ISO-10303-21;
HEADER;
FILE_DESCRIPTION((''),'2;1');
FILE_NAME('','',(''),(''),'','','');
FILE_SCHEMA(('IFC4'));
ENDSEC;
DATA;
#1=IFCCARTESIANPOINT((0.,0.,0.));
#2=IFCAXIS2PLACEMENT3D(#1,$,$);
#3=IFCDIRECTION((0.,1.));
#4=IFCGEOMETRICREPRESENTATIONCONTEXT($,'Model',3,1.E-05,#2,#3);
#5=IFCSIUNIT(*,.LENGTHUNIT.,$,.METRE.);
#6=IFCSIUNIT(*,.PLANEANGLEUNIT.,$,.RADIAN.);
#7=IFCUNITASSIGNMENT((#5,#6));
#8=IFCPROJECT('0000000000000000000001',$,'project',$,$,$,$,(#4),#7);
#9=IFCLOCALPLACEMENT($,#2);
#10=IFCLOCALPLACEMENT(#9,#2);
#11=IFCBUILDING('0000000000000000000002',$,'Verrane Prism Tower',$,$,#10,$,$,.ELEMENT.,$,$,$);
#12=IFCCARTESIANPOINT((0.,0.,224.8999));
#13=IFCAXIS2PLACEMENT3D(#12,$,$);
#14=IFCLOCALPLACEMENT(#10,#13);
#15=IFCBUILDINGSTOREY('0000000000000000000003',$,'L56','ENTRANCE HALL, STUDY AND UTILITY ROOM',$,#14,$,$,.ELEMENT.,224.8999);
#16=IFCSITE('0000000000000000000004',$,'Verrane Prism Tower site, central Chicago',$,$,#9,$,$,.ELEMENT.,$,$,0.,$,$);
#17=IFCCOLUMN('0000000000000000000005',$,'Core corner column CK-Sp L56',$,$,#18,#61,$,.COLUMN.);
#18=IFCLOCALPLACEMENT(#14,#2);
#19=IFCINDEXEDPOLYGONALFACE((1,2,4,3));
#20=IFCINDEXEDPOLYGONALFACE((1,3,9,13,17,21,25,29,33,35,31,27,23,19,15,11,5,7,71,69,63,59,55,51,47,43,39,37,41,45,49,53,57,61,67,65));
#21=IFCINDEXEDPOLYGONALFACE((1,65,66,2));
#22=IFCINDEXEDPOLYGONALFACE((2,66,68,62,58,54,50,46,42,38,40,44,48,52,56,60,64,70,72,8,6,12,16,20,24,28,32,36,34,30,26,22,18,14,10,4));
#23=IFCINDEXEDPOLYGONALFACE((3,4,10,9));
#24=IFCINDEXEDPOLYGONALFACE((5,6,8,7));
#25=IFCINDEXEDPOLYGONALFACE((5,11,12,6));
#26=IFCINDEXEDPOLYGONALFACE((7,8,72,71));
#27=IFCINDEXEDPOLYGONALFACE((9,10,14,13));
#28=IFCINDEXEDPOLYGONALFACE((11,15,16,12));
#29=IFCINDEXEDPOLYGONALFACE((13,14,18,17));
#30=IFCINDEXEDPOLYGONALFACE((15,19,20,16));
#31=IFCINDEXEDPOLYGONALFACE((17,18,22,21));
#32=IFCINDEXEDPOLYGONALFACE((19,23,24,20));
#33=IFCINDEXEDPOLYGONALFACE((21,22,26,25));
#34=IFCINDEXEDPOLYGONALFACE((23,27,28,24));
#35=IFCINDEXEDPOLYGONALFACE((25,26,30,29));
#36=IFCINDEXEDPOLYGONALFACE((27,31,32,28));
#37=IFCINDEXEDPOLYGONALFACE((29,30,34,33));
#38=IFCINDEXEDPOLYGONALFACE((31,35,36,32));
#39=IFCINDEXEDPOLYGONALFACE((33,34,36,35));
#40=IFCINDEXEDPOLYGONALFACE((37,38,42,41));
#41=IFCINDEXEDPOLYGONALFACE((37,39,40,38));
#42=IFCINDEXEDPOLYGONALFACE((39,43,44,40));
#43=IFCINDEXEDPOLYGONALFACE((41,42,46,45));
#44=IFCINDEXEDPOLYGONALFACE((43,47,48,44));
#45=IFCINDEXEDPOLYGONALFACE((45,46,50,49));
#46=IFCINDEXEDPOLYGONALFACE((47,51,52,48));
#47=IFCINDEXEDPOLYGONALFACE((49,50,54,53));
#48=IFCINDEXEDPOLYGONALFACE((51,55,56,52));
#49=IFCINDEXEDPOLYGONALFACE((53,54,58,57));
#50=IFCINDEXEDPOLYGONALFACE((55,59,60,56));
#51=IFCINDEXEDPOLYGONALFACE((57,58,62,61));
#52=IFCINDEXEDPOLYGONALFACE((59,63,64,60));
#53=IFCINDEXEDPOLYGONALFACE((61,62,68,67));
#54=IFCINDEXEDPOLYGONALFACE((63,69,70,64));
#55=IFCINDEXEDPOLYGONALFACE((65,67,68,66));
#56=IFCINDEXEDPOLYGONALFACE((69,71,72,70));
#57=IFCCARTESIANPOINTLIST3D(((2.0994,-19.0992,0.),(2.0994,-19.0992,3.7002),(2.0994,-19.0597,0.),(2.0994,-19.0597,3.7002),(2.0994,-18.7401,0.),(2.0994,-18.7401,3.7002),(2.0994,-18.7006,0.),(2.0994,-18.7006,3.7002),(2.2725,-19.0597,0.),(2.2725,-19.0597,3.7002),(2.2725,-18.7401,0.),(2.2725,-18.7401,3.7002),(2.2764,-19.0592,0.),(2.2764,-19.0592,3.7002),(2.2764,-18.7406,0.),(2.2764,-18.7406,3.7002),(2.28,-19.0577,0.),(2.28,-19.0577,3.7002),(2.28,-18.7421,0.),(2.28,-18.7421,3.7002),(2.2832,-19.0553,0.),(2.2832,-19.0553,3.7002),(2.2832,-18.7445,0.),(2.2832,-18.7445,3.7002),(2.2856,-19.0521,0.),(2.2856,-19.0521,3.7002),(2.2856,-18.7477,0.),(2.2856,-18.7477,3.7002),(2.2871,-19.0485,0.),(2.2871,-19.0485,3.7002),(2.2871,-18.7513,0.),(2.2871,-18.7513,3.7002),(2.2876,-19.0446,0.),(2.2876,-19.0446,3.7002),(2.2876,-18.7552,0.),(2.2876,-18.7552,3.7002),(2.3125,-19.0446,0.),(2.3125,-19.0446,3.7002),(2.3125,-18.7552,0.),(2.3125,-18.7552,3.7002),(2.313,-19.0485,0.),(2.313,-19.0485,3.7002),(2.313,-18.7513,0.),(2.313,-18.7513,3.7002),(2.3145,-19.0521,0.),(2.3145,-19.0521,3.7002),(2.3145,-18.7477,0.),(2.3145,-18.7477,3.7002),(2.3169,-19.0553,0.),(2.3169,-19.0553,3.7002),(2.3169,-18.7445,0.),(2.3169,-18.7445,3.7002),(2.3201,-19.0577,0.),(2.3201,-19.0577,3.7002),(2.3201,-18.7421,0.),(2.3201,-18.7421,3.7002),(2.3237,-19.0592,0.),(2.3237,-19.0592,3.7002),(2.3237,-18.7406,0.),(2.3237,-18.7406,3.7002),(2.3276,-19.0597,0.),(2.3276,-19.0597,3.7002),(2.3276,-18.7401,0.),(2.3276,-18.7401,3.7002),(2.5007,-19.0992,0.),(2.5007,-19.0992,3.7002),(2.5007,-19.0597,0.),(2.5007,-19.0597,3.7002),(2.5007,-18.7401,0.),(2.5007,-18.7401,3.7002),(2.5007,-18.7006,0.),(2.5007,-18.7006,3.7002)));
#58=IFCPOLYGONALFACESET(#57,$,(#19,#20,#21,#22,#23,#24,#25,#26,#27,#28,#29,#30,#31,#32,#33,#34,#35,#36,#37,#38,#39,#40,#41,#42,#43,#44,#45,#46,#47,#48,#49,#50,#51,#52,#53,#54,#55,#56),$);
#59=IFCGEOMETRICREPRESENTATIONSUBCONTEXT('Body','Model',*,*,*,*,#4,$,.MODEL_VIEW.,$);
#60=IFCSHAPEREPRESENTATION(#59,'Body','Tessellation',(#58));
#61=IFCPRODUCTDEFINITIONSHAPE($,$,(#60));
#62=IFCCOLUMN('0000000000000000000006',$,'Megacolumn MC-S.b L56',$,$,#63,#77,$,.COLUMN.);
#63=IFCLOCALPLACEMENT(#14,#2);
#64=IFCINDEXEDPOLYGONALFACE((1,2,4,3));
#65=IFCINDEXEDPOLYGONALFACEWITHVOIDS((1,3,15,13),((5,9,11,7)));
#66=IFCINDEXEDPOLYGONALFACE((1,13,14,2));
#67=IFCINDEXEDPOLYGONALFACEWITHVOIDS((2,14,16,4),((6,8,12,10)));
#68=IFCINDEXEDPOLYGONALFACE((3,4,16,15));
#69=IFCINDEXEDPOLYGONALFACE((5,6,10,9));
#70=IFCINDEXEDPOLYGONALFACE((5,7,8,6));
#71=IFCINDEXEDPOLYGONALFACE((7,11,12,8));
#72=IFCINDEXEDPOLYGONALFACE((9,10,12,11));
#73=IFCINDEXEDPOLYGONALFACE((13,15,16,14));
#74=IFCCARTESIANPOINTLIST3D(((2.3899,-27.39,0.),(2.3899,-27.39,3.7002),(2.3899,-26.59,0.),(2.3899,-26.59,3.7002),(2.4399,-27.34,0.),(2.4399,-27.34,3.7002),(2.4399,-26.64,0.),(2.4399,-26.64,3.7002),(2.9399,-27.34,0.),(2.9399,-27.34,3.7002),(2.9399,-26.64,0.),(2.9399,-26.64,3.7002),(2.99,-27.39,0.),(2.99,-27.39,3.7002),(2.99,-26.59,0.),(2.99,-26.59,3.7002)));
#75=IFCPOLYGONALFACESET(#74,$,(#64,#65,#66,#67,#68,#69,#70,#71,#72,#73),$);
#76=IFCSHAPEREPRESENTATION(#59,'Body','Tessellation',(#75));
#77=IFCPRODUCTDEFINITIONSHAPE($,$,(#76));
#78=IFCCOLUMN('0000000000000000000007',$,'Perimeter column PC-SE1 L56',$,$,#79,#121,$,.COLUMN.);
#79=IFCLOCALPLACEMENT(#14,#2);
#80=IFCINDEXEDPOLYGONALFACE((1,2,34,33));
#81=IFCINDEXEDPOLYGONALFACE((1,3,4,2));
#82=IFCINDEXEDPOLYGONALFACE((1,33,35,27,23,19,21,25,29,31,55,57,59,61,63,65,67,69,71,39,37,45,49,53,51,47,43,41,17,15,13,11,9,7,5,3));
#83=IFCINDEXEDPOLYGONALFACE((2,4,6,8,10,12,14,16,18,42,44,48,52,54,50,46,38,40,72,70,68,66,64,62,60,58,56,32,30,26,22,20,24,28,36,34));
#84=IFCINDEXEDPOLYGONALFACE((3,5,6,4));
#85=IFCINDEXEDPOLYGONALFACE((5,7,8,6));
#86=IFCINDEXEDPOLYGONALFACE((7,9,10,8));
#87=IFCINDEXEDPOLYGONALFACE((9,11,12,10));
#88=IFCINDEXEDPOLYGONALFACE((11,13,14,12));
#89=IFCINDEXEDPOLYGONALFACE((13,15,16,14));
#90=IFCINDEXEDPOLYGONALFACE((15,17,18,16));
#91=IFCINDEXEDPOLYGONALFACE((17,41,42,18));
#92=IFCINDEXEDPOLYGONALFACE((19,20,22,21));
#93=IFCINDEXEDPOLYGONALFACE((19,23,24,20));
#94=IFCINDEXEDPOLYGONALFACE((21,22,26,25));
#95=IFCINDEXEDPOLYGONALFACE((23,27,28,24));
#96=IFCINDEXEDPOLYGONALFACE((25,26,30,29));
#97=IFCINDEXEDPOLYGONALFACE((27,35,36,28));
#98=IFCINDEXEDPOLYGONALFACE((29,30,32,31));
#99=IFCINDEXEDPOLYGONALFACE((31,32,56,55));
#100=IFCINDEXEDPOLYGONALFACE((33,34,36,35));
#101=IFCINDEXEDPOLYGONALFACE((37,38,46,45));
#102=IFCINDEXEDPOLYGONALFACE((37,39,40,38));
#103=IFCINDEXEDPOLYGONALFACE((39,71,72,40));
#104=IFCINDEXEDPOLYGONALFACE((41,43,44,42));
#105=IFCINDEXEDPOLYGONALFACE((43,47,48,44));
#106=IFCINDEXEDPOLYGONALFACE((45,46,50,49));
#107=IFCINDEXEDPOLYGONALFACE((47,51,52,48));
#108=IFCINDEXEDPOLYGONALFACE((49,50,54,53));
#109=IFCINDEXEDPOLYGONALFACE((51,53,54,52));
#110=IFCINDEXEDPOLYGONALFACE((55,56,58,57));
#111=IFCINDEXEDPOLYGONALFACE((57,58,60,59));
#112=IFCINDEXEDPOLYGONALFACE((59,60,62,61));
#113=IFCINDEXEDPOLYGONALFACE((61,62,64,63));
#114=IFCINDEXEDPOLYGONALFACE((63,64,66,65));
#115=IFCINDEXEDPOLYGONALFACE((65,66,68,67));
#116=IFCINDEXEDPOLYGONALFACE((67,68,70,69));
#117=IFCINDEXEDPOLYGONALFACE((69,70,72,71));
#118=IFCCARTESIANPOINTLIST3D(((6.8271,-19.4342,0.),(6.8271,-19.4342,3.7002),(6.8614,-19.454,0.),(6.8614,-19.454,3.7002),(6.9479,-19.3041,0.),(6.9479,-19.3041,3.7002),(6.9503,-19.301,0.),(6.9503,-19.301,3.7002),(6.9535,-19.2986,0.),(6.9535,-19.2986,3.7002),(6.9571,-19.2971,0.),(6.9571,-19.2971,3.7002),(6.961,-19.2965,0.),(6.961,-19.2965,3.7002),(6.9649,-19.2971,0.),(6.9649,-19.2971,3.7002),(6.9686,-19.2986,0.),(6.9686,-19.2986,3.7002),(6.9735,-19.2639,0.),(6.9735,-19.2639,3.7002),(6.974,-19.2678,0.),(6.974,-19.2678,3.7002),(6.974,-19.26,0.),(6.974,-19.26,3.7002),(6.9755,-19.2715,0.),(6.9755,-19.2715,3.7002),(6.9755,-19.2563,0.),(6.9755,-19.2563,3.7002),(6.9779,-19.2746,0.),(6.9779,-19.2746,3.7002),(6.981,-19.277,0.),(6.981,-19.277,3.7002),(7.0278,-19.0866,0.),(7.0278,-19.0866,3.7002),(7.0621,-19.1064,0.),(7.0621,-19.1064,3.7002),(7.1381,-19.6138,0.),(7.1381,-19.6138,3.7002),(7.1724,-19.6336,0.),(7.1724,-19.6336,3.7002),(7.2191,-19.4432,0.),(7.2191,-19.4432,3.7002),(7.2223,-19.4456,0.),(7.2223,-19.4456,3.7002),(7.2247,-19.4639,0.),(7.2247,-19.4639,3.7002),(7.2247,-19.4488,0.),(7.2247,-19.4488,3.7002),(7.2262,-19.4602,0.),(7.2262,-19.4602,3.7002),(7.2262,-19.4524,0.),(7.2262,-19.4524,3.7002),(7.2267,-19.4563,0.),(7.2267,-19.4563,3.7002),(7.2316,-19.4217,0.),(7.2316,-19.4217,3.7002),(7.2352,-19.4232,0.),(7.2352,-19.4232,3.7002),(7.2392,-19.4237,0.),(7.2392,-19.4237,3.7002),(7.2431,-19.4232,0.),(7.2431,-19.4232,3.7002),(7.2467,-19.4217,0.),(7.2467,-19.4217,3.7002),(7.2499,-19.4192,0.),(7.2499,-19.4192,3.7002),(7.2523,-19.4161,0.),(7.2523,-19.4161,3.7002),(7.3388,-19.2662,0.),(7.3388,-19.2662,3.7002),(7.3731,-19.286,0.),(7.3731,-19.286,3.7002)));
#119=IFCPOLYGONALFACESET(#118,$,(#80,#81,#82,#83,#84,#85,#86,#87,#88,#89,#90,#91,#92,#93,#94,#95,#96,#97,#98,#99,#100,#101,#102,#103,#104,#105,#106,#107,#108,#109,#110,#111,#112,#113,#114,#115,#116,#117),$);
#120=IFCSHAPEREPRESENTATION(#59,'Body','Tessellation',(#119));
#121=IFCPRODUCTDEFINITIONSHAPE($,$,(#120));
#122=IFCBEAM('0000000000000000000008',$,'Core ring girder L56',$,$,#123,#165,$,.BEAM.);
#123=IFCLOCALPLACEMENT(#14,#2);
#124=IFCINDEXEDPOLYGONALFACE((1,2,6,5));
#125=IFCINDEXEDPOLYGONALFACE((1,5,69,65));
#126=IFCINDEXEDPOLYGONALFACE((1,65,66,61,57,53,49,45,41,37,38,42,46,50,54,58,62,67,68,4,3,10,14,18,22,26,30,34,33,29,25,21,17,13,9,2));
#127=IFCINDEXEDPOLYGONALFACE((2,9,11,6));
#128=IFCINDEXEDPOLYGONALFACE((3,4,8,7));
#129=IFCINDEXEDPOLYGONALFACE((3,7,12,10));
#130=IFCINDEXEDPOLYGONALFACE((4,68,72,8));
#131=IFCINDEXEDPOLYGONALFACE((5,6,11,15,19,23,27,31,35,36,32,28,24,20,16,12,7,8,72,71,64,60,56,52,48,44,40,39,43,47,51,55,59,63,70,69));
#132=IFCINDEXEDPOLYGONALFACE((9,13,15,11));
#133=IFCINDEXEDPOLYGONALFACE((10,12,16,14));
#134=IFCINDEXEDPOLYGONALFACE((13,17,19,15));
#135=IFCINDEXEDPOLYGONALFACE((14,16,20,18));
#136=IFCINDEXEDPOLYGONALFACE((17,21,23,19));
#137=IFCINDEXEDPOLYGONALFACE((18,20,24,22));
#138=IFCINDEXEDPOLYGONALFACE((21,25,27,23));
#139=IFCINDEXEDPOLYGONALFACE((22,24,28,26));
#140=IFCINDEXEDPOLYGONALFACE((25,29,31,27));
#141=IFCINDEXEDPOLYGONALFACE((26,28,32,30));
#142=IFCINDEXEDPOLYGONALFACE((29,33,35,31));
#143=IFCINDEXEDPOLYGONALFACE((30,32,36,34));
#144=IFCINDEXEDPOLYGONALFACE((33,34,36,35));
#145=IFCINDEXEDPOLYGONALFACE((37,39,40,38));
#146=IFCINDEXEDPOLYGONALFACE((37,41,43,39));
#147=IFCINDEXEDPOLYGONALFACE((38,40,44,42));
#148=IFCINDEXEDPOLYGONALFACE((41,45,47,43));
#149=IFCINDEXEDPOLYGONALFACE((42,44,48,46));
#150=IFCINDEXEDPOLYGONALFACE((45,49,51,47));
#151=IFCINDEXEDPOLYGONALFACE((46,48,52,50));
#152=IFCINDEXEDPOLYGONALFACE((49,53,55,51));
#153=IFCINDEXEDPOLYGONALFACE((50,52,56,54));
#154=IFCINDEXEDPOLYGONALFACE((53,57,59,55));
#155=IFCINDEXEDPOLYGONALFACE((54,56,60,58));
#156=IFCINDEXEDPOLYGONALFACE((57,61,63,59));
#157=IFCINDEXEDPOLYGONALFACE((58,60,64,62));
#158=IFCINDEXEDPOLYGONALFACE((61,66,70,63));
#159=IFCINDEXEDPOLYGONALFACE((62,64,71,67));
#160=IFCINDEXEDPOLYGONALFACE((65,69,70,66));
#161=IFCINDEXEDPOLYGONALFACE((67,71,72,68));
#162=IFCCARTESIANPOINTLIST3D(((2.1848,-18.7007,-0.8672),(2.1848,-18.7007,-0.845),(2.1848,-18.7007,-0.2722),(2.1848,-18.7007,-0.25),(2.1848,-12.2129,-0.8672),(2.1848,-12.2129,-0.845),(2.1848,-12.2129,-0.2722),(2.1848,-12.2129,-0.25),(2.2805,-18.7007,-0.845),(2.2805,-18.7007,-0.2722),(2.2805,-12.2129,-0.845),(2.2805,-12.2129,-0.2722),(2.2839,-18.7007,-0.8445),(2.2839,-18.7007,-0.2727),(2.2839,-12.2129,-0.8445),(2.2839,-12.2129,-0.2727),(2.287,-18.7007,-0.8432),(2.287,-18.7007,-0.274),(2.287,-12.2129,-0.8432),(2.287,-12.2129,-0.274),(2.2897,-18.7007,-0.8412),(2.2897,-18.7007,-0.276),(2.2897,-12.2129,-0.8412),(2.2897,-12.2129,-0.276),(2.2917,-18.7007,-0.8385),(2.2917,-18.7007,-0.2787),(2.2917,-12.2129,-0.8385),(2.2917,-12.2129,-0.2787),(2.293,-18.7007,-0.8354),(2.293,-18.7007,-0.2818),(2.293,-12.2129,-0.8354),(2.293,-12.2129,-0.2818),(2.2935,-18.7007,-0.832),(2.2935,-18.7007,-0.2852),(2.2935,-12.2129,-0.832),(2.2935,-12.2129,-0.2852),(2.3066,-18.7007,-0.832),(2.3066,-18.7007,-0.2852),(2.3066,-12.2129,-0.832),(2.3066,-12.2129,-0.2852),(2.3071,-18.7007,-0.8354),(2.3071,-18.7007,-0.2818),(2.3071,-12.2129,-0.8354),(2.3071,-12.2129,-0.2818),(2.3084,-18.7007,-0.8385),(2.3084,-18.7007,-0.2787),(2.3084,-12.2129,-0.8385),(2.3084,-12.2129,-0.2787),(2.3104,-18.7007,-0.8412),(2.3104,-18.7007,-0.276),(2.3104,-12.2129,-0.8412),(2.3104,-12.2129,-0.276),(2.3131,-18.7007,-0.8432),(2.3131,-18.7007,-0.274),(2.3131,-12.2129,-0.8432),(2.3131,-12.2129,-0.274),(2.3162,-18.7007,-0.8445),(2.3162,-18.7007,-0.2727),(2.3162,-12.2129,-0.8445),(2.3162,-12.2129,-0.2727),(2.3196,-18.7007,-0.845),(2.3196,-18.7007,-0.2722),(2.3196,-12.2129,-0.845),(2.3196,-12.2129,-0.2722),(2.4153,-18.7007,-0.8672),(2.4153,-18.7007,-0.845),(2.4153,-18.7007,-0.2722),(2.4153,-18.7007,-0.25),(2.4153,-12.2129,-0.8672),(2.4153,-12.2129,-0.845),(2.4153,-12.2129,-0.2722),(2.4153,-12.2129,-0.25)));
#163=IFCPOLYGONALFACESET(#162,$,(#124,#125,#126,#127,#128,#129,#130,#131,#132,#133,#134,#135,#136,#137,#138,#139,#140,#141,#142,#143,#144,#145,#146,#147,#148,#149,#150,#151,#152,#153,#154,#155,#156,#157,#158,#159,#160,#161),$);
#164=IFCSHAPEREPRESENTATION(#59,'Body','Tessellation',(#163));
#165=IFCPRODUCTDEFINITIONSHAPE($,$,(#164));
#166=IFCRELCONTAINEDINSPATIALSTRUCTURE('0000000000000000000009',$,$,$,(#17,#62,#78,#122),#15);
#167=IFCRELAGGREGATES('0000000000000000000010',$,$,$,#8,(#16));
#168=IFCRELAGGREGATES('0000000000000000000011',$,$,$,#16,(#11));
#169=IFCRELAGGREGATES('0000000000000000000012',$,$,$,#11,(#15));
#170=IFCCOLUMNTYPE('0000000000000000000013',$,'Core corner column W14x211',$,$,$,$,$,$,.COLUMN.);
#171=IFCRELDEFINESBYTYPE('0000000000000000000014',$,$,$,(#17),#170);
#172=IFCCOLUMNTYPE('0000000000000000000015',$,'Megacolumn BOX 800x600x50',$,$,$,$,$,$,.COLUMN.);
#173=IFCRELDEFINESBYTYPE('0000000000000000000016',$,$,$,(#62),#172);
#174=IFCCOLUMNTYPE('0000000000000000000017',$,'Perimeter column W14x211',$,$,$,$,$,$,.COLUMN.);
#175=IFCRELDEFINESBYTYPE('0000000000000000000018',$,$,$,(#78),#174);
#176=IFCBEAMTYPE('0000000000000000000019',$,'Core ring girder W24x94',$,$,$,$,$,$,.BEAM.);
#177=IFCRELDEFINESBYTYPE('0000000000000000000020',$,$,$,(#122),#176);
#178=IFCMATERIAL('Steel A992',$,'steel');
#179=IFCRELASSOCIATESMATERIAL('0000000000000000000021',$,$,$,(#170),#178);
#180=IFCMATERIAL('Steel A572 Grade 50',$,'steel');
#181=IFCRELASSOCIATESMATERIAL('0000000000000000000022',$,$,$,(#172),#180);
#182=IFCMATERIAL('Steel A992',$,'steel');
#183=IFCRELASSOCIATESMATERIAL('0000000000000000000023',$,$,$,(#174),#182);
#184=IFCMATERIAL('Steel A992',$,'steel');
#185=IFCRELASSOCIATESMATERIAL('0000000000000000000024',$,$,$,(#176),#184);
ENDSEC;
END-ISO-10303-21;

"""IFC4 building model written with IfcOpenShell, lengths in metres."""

from ifc_helpers import new_model, si_unit, direction, frame, origin, origin_2d, place, context, subcontext, project, spatial, hollow_rectangle, i_section, extrude, material, material_profile, profile_set, type_object, element, save


model = new_model("IFC4")

# Units and contexts
model_context = context("Model", 3, precision=1e-05, world=origin(), true_north=direction((0.0, 1.0)))
body_context = subcontext(model_context, "Body", "Model", "MODEL_VIEW")
ifc_project = project(units=[si_unit("LENGTHUNIT", "METRE"), si_unit("PLANEANGLEUNIT", "RADIAN")], contexts=[model_context])

# Site, building, storey
site_placement = place(None, origin())
site = spatial("IfcSite", under=ifc_project, at=site_placement, Name="Verrane Prism Tower site, central Chicago", CompositionType="ELEMENT", RefElevation=0.0)
building_placement = place(site_placement, origin())
building = spatial("IfcBuilding", under=site, at=building_placement, Name="Verrane Prism Tower", CompositionType="ELEMENT")
storey_placement = place(building_placement, frame((0.0, 0.0, 224.8999)))
storey = spatial("IfcBuildingStorey", under=building, at=storey_placement, Name="L56", Description="ENTRANCE HALL, STUDY AND UTILITY ROOM", CompositionType="ELEMENT", Elevation=224.8999)

# Columns
ifc_material_1 = material(Name="Steel A992", Category="steel")
ifc_material_profile_1 = material_profile(ifc_material_1, i_section(OverallWidth=0.4014, OverallDepth=0.3987, WebThickness=0.0249, FlangeThickness=0.0396, FilletRadius=0.0151, at=origin_2d()), Name="W14x211")
ifc_profile_set_1 = profile_set([ifc_material_profile_1], Name="Steel A992")
column_type_1 = type_object("IfcColumnType", Name="Core corner column W14x211", PredefinedType="COLUMN", material=ifc_profile_set_1)
column_1_placement = place(storey_placement, frame((2.3, -18.8999, 0.0), z_axis=(0.0, 0.0, 1.0), x_axis=(-1.0, 0.0, 0.0)))
element("IfcColumn", 1, at=column_1_placement, inside=storey, type_object=column_type_1, Name="Core corner column CK-Sp L56", PredefinedType="COLUMN", context=body_context, shape_type="SweptSolid", body=[
    extrude(i_section(OverallWidth=0.4014, OverallDepth=0.3987, WebThickness=0.0249, FlangeThickness=0.0396, FilletRadius=0.0151, at=origin_2d()), origin(), (0.0, 0.0, 1.0), 3.7002),
])
ifc_material_2 = material(Name="Steel A572 Grade 50", Category="steel")
ifc_material_profile_2 = material_profile(ifc_material_2, hollow_rectangle(XDim=0.6001, YDim=0.8, WallThickness=0.05, at=origin_2d()), Name="BOX 800x600x50")
ifc_profile_set_2 = profile_set([ifc_material_profile_2], Name="Steel A572 Grade 50")
column_type_2 = type_object("IfcColumnType", Name="Megacolumn BOX 800x600x50", PredefinedType="COLUMN", material=ifc_profile_set_2)
column_2_placement = place(storey_placement, frame((2.6899, -26.99, 0.0), z_axis=(0.0, 0.0, 1.0), x_axis=(-1.0, 0.0, 0.0)))
element("IfcColumn", 2, at=column_2_placement, inside=storey, type_object=column_type_2, Name="Megacolumn MC-S.b L56", PredefinedType="COLUMN", context=body_context, shape_type="SweptSolid", body=[
    extrude(hollow_rectangle(XDim=0.6001, YDim=0.8, WallThickness=0.05, at=origin_2d()), origin(), (0.0, 0.0, 1.0), 3.7002),
])
ifc_material_3 = material(Name="Steel A992", Category="steel")
ifc_material_profile_3 = material_profile(ifc_material_3, i_section(OverallWidth=0.4014, OverallDepth=0.3987, WebThickness=0.0249, FlangeThickness=0.0396, FilletRadius=0.0151, at=origin_2d()), Name="W14x211")
ifc_profile_set_3 = profile_set([ifc_material_profile_3], Name="Steel A992")
column_type_3 = type_object("IfcColumnType", Name="Perimeter column W14x211", PredefinedType="COLUMN", material=ifc_profile_set_3)
column_3_placement = place(storey_placement, frame((7.1001, -19.3601, 0.0), z_axis=(0.0, 0.0, 1.0), x_axis=(-0.5, -0.866025, 0.0)))
element("IfcColumn", 3, at=column_3_placement, inside=storey, type_object=column_type_3, Name="Perimeter column PC-SE1 L56", PredefinedType="COLUMN", context=body_context, shape_type="SweptSolid", body=[
    extrude(i_section(OverallWidth=0.4014, OverallDepth=0.3987, WebThickness=0.0249, FlangeThickness=0.0396, FilletRadius=0.0151, at=origin_2d()), origin(), (0.0, 0.0, 1.0), 3.7002),
])

# Beam
ifc_material_4 = material(Name="Steel A992", Category="steel")
ifc_material_profile_4 = material_profile(ifc_material_4, i_section(OverallWidth=0.2305, OverallDepth=0.6172, WebThickness=0.0132, FlangeThickness=0.0222, FilletRadius=0.0129, at=origin_2d()), Name="W24x94")
ifc_profile_set_4 = profile_set([ifc_material_profile_4], Name="Steel A992")
beam_type_1 = type_object("IfcBeamType", Name="Core ring girder W24x94", PredefinedType="BEAM", material=ifc_profile_set_4)
beam_1_placement = place(storey_placement, frame((2.3, -18.7007, -0.5586), z_axis=(0.0, 1.0, 0.0), x_axis=(-1.0, 0.0, 0.0)))
element("IfcBeam", 4, at=beam_1_placement, inside=storey, type_object=beam_type_1, Name="Core ring girder L56", PredefinedType="BEAM", context=body_context, shape_type="SweptSolid", body=[
    extrude(i_section(OverallWidth=0.2305, OverallDepth=0.6172, WebThickness=0.0132, FlangeThickness=0.0222, FilletRadius=0.0129, at=origin_2d()), origin(), (0.0, 0.0, 1.0), 6.4878),
])

save(model, "model.ifc")
